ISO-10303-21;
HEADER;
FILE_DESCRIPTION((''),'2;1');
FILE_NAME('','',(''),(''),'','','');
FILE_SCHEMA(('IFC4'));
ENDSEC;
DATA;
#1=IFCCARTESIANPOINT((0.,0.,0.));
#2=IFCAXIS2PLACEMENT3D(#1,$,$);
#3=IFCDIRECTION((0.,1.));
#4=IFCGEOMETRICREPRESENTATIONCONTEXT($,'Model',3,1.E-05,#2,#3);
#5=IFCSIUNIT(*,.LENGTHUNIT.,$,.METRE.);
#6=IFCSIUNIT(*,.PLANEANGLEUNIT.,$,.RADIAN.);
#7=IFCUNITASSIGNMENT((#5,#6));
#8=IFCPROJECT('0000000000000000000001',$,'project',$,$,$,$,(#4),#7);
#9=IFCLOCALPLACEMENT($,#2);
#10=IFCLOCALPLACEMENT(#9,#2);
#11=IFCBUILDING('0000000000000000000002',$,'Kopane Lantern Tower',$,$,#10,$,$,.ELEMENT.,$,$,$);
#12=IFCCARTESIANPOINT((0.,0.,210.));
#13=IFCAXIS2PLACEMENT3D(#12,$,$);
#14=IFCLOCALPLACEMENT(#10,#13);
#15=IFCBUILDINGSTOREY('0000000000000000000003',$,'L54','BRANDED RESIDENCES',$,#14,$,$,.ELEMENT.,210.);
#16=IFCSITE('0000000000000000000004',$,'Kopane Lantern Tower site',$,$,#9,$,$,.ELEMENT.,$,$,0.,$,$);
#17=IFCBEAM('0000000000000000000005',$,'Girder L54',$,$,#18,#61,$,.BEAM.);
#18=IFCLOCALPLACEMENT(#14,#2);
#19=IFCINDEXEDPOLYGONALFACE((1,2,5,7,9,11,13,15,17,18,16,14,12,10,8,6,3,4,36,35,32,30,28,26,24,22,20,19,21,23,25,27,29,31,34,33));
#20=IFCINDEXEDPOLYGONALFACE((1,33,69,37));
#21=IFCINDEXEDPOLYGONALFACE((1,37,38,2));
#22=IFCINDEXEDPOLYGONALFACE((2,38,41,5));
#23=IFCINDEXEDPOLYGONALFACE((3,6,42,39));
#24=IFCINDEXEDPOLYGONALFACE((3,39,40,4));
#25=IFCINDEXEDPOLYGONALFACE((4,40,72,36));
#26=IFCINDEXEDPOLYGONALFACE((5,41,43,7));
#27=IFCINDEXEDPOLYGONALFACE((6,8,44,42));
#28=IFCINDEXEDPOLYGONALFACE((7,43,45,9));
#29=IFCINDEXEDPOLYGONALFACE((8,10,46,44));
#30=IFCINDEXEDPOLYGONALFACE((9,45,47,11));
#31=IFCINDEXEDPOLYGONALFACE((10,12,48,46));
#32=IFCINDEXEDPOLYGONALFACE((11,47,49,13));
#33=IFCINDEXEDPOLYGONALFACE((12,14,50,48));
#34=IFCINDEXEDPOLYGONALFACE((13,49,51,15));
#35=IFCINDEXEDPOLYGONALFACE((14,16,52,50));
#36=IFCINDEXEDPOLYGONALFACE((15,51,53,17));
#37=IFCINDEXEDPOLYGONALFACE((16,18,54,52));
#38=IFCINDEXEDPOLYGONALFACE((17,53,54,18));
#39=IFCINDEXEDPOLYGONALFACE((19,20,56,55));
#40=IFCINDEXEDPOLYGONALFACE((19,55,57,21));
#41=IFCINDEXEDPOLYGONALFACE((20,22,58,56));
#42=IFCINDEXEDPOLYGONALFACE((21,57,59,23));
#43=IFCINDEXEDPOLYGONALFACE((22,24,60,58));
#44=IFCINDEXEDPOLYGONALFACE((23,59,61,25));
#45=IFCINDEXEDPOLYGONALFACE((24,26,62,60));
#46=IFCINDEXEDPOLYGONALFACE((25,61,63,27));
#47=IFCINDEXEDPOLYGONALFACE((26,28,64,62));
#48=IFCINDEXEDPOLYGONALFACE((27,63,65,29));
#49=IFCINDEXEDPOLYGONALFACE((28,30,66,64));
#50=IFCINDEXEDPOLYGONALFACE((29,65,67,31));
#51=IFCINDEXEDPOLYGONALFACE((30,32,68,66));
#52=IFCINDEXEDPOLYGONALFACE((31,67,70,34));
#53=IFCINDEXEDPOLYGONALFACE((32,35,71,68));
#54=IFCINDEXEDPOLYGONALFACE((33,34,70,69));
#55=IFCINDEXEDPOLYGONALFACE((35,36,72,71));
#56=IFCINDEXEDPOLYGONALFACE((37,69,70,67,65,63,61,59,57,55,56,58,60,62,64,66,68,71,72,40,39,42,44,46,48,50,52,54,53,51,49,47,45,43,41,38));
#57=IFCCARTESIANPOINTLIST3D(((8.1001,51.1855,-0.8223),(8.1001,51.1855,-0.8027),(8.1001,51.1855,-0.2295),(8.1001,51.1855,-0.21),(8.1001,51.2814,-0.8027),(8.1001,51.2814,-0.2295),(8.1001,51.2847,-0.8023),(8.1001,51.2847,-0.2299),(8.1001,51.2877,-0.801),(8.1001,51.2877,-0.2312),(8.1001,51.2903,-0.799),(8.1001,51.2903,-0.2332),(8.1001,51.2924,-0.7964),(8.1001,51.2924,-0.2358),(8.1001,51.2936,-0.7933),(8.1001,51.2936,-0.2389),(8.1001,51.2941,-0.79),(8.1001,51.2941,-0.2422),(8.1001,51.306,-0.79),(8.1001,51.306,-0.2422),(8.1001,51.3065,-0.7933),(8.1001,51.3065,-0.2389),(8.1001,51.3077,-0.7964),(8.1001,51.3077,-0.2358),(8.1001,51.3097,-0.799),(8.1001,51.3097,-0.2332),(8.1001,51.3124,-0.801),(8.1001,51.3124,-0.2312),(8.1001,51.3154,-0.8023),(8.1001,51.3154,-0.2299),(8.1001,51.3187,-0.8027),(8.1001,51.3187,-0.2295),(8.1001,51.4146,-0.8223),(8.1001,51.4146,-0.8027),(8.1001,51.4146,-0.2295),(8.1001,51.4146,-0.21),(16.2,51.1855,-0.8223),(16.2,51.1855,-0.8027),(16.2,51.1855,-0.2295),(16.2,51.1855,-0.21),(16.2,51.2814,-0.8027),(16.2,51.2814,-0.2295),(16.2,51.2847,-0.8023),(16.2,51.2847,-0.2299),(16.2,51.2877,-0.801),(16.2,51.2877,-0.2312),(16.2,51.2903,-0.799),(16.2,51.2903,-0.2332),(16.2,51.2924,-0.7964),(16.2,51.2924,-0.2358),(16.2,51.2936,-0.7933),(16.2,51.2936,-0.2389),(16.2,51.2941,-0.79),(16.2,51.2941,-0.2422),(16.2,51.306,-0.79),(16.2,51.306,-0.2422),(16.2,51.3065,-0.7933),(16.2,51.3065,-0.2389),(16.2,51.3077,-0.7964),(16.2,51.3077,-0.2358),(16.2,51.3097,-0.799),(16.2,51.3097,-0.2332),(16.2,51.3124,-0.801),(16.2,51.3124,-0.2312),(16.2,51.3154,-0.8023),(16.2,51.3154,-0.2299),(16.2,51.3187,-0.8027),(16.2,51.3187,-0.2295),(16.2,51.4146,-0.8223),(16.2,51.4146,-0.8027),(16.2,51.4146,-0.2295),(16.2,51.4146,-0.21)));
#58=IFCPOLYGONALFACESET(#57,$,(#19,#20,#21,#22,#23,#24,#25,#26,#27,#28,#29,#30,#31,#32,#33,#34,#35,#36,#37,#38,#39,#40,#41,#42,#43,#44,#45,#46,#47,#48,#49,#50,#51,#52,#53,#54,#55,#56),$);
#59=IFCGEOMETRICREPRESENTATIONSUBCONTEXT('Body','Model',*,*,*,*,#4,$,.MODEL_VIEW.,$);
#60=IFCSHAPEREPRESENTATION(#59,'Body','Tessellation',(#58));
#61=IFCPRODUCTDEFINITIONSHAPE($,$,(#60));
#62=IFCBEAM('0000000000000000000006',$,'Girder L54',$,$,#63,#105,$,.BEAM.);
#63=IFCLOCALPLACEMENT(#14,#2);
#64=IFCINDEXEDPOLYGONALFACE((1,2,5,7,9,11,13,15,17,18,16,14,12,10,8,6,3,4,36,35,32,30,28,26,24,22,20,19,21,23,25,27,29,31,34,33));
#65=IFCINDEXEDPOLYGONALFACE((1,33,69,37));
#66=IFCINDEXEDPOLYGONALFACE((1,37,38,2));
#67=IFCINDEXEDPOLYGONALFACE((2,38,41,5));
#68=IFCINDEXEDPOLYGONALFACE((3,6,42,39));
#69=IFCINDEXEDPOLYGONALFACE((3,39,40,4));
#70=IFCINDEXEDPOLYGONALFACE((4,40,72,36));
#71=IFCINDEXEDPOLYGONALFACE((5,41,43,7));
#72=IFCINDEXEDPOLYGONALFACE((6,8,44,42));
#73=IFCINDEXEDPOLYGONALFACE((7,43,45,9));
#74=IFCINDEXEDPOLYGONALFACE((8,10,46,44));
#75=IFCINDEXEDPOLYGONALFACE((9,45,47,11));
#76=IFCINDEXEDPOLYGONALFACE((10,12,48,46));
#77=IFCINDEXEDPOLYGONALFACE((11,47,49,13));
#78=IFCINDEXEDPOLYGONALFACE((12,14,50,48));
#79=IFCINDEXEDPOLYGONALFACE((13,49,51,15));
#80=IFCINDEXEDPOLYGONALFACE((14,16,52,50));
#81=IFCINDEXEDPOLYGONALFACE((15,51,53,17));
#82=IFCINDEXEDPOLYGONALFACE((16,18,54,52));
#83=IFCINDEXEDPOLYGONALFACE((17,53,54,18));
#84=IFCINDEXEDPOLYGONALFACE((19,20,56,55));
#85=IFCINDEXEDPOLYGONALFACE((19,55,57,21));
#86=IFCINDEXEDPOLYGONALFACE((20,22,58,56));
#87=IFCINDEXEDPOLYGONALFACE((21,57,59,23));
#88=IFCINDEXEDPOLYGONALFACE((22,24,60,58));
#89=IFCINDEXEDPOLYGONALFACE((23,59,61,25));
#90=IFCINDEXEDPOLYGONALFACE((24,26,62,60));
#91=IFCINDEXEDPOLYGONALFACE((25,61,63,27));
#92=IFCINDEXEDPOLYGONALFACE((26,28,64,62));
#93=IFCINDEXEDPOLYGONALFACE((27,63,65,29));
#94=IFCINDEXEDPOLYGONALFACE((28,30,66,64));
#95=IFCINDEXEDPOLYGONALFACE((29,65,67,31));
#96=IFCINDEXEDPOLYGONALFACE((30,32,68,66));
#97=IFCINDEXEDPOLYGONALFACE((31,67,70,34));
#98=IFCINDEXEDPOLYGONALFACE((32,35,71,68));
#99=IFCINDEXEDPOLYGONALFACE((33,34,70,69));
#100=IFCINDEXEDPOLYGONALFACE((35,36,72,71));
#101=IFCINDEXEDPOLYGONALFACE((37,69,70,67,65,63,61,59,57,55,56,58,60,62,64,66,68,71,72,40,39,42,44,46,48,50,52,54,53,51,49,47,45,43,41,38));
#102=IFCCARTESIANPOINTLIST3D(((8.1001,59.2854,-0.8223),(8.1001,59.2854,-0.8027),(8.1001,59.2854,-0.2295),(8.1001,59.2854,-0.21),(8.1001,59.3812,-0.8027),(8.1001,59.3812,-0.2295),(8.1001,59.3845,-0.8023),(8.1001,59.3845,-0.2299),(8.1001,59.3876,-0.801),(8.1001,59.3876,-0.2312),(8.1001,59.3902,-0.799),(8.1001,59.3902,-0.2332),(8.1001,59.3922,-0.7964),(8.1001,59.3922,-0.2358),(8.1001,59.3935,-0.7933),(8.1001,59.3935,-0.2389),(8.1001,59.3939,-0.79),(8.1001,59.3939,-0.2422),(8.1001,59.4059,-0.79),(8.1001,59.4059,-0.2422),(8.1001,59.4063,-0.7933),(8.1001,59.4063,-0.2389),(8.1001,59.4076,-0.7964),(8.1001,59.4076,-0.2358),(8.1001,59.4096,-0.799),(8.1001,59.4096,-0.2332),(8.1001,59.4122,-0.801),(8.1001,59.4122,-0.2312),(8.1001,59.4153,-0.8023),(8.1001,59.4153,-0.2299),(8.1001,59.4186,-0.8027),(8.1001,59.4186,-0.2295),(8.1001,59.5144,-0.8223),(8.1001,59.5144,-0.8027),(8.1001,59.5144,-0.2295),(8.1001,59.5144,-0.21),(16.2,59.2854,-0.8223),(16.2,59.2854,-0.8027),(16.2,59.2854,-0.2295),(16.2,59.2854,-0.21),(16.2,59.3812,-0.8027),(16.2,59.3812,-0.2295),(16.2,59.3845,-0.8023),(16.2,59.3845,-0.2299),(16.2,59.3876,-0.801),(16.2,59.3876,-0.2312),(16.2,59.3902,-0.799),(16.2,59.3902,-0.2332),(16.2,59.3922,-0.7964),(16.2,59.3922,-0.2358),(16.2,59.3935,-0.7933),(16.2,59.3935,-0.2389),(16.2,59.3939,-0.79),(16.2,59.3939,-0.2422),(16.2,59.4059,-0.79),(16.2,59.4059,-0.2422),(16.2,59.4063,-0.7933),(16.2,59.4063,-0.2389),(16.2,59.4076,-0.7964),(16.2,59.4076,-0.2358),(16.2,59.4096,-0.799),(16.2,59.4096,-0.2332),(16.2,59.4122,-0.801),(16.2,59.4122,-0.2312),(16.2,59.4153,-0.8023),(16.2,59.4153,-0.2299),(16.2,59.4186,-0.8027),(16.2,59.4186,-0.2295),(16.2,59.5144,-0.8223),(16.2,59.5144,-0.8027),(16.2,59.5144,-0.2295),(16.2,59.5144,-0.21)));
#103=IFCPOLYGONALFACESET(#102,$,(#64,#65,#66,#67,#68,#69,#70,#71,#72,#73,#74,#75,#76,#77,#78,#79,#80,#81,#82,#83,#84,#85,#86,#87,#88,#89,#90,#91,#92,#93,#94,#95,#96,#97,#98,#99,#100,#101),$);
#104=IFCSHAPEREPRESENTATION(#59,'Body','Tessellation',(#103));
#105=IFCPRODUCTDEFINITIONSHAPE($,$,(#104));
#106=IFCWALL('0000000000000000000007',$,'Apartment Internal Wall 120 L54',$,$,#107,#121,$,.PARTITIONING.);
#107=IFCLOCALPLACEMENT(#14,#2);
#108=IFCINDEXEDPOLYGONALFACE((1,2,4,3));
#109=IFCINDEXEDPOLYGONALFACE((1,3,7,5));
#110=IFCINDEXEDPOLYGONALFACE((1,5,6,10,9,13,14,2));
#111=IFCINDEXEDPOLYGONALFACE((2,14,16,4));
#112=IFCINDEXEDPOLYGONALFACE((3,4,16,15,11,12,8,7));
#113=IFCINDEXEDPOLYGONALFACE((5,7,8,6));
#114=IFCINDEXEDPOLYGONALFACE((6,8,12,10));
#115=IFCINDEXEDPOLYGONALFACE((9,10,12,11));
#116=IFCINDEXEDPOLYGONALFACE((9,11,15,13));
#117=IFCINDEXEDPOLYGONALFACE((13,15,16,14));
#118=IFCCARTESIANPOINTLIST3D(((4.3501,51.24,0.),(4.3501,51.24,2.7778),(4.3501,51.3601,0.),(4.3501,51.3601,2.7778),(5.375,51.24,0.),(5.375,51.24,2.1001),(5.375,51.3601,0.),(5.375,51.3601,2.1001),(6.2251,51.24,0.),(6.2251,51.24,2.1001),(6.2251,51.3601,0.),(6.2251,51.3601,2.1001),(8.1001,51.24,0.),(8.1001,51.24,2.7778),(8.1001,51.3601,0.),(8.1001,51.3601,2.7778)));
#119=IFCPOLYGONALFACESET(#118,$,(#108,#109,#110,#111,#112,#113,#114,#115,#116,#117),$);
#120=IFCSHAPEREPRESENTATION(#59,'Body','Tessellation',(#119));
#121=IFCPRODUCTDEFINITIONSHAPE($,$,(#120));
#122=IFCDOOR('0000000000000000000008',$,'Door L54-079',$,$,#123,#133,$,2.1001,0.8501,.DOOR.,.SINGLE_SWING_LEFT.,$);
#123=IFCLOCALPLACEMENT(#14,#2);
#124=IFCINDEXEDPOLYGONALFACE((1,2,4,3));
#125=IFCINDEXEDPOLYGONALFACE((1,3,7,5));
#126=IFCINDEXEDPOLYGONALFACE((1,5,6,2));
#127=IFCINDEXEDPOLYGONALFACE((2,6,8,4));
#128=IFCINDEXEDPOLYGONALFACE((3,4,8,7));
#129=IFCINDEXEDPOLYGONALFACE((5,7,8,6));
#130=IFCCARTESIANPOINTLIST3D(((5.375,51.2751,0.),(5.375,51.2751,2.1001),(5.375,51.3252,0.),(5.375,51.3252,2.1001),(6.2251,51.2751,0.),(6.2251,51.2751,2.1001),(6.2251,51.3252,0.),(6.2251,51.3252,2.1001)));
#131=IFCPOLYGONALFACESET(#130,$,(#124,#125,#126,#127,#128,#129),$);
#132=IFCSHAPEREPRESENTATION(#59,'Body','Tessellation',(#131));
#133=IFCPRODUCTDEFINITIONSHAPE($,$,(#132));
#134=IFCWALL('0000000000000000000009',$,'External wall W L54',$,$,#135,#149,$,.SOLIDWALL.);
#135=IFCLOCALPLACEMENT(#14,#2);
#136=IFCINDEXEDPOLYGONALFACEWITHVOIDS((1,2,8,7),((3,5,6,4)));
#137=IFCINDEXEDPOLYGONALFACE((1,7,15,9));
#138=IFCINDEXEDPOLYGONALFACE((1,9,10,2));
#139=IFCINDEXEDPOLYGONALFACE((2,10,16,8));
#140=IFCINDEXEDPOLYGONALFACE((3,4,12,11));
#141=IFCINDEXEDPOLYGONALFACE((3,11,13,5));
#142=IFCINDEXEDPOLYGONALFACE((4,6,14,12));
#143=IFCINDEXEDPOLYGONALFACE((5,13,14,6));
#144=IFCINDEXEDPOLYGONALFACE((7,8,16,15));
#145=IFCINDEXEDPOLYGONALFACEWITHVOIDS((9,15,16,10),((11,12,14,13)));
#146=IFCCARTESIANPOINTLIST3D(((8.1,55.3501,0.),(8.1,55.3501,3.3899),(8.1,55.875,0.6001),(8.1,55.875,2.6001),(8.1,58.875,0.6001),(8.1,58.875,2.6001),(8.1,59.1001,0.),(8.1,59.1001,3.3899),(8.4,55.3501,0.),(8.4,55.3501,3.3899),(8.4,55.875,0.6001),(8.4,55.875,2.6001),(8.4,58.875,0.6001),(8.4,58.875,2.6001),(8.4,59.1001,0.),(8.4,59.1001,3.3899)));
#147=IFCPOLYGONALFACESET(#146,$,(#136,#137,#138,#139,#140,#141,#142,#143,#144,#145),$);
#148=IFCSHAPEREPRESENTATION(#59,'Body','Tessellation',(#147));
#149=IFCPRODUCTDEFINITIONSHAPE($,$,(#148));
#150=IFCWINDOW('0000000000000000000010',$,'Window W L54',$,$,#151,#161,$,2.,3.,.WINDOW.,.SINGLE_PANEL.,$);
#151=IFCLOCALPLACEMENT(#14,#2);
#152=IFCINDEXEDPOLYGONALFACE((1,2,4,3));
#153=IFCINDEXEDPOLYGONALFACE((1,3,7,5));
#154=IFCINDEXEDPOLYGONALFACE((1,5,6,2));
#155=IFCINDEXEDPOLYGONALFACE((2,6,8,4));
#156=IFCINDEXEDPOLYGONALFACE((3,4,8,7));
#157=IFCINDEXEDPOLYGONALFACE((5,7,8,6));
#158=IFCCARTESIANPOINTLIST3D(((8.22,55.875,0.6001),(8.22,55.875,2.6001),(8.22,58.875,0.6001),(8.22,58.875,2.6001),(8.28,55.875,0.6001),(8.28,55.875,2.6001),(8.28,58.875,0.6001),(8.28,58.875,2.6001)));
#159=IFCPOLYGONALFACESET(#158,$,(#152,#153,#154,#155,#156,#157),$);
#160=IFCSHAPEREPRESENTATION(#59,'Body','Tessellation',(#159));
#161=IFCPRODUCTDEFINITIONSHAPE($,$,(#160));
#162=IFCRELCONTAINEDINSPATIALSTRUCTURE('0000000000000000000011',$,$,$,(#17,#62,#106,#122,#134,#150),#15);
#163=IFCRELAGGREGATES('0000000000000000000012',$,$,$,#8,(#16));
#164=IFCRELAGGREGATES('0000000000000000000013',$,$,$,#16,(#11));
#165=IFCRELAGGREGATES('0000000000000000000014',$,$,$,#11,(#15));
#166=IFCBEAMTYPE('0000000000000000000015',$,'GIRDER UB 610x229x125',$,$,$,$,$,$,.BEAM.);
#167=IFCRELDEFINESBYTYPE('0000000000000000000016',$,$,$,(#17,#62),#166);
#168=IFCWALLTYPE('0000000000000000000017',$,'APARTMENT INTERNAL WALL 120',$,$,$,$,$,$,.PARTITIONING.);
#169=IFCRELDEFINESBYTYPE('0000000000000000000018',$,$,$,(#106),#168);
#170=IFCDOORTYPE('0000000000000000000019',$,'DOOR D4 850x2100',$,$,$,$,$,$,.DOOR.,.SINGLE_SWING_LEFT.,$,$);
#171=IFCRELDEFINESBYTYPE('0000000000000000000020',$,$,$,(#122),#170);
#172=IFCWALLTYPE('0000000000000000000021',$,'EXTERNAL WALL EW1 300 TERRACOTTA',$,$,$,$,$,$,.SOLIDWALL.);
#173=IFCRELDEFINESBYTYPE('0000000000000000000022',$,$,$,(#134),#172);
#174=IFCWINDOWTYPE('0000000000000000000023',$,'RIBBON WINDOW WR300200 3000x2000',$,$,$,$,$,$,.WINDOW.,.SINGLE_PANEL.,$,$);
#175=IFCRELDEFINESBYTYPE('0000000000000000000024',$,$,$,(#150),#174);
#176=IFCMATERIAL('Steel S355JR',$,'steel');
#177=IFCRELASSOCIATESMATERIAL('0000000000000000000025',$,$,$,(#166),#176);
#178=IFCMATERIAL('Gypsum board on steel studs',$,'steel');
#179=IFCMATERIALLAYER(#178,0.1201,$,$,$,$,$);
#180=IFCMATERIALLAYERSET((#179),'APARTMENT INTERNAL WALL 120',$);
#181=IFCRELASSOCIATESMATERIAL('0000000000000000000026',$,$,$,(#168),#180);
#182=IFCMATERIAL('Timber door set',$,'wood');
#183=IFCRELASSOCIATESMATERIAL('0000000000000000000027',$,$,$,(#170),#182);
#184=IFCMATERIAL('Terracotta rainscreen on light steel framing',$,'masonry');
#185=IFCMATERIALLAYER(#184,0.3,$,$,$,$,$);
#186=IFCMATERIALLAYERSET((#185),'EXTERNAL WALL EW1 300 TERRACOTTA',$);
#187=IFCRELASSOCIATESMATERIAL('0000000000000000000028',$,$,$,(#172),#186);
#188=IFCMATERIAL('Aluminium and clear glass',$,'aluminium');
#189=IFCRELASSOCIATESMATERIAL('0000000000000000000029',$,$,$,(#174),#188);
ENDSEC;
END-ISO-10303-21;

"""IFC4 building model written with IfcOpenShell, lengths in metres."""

from ifc_helpers import new_model, si_unit, direction, frame, frame_2d, origin, origin_2d, place, context, subcontext, project, spatial, rectangle, i_section, extrude, material, layer, layer_set, material_profile, profile_set, type_object, element, fill, save


model = new_model("IFC4")

# Units and contexts
model_context = context("Model", 3, precision=1e-05, world=origin(), true_north=direction((0.0, 1.0)))
body_context = subcontext(model_context, "Body", "Model", "MODEL_VIEW")
ifc_project = project(units=[si_unit("LENGTHUNIT", "METRE"), si_unit("PLANEANGLEUNIT", "RADIAN")], contexts=[model_context])

# Site, building, storey
site_placement = place(None, origin())
site = spatial("IfcSite", under=ifc_project, at=site_placement, Name="Kopane Lantern Tower site", CompositionType="ELEMENT", RefElevation=0.0)
building_placement = place(site_placement, origin())
building = spatial("IfcBuilding", under=site, at=building_placement, Name="Kopane Lantern Tower", CompositionType="ELEMENT")
storey_placement = place(building_placement, frame((0.0, 0.0, 210.0)))
storey = spatial("IfcBuildingStorey", under=building, at=storey_placement, Name="L54", Description="BRANDED RESIDENCES", CompositionType="ELEMENT", Elevation=210.0)

# Beams
ifc_material_1 = material(Name="Steel S355JR", Category="steel")
ifc_material_profile_1 = material_profile(ifc_material_1, i_section(OverallWidth=0.229, OverallDepth=0.6123, WebThickness=0.012, FlangeThickness=0.0195, FilletRadius=0.0127, at=origin_2d()), Name="UB 610x229x125")
ifc_profile_set_1 = profile_set([ifc_material_profile_1], Name="Steel S355JR")
beam_type_1 = type_object("IfcBeamType", Name="GIRDER UB 610x229x125", PredefinedType="BEAM", material=ifc_profile_set_1)
for number, where, z_axis, x_axis, name in (
    (1, (8.1001, 51.3, -0.5161), (1.0, 0.0, 0.0), (0.0, 1.0, 0.0), "Girder L54"),
    (2, (8.1001, 59.3999, -0.5161), (1.0, 0.0, 0.0), (0.0, 1.0, 0.0), "Girder L54"),
):
    element("IfcBeam", number, at=place(storey_placement, frame(where, z_axis=z_axis, x_axis=x_axis)), inside=storey, type_object=beam_type_1, Name=name, PredefinedType="BEAM", context=body_context, shape_type="SweptSolid", body=[
        extrude(i_section(OverallWidth=0.229, OverallDepth=0.6123, WebThickness=0.012, FlangeThickness=0.0195, FilletRadius=0.0127, at=origin_2d()), origin(), (0.0, 0.0, 1.0), 8.0999),
    ])

# Wall, opening, door
ifc_material_2 = material(Name="Gypsum board on steel studs", Category="steel")
ifc_layer_1 = layer(ifc_material_2, 0.1201)
ifc_layer_set_1 = layer_set([ifc_layer_1], Name="APARTMENT INTERNAL WALL 120")
wall_type_1 = type_object("IfcWallType", Name="APARTMENT INTERNAL WALL 120", PredefinedType="PARTITIONING", material=ifc_layer_set_1)
wall_1_placement = place(storey_placement, frame((8.1001, 51.3, 0.0), z_axis=(0.0, 0.0, 1.0), x_axis=(-1.0, 0.0, 0.0)))
wall_1 = element("IfcWall", 3, at=wall_1_placement, inside=storey, type_object=wall_type_1, Name="Apartment Internal Wall 120 L54", PredefinedType="PARTITIONING", context=body_context, shape_type="SweptSolid", body=[
    extrude(rectangle(XDim=3.75, YDim=0.1201, at=frame_2d((1.875, 0.0))), origin(), (0.0, 0.0, 1.0), 2.7778),
])
opening_1_placement = place(wall_1_placement, frame((1.875, 0.0, 0.0)))
opening_1 = element("IfcOpeningElement", 4, at=opening_1_placement, cuts=wall_1, PredefinedType="OPENING", context=body_context, shape_type="SweptSolid", body=[
    extrude(rectangle(XDim=0.8501, YDim=2.1001, at=frame_2d((0.425, 1.05))), frame((0.0, 0.0701, 0.0), z_axis=(0.0, -1.0, 0.0), x_axis=(1.0, 0.0, 0.0)), (0.0, 0.0, 1.0), 0.1401),
])
ifc_material_3 = material(Name="Timber door set", Category="wood")
door_type = type_object("IfcDoorType", Name="DOOR D4 850x2100", OperationType="SINGLE_SWING_LEFT", PredefinedType="DOOR", material=ifc_material_3)
door_placement = place(opening_1_placement, origin())
door = element("IfcDoor", 5, at=door_placement, inside=storey, type_object=door_type, Name="Door L54-079", OperationType="SINGLE_SWING_LEFT", OverallHeight=2.1001, OverallWidth=0.8501, PredefinedType="DOOR", context=body_context, shape_type="SweptSolid", body=[
    extrude(rectangle(XDim=0.8501, YDim=2.1001, at=frame_2d((0.425, 1.05))), frame((0.0, 0.0249, 0.0), z_axis=(0.0, -1.0, 0.0), x_axis=(1.0, 0.0, 0.0)), (0.0, 0.0, 1.0), 0.05),
])
fill(opening_1, door)

# Wall, opening, window
ifc_material_4 = material(Name="Terracotta rainscreen on light steel framing", Category="masonry")
ifc_layer_2 = layer(ifc_material_4, 0.3)
ifc_layer_set_2 = layer_set([ifc_layer_2], Name="EXTERNAL WALL EW1 300 TERRACOTTA")
wall_type_2 = type_object("IfcWallType", Name="EXTERNAL WALL EW1 300 TERRACOTTA", PredefinedType="SOLIDWALL", material=ifc_layer_set_2)
wall_2_placement = place(storey_placement, frame((8.25, 59.1001, 0.0), z_axis=(0.0, 0.0, 1.0), x_axis=(0.0, -1.0, 0.0)))
wall_2 = element("IfcWall", 6, at=wall_2_placement, inside=storey, type_object=wall_type_2, Name="External wall W L54", PredefinedType="SOLIDWALL", context=body_context, shape_type="SweptSolid", body=[
    extrude(rectangle(XDim=3.75, YDim=0.3, at=frame_2d((1.875, 0.0))), origin(), (0.0, 0.0, 1.0), 3.3899),
])
opening_2_placement = place(wall_2_placement, frame((0.2251, 0.0, 0.6001)))
opening_2 = element("IfcOpeningElement", 7, at=opening_2_placement, cuts=wall_2, PredefinedType="OPENING", context=body_context, shape_type="SweptSolid", body=[
    extrude(rectangle(XDim=3.0, YDim=2.0, at=frame_2d((1.5, 1.0))), frame((0.0, 0.1599, 0.0), z_axis=(0.0, -1.0, 0.0), x_axis=(1.0, 0.0, 0.0)), (0.0, 0.0, 1.0), 0.3201),
])
ifc_material_5 = material(Name="Aluminium and clear glass", Category="aluminium")
window_type = type_object("IfcWindowType", Name="RIBBON WINDOW WR300200 3000x2000", PartitioningType="SINGLE_PANEL", PredefinedType="WINDOW", material=ifc_material_5)
window_1_placement = place(opening_2_placement, origin())
window_1 = element("IfcWindow", 8, at=window_1_placement, inside=storey, type_object=window_type, Name="Window W L54", OverallHeight=2.0, OverallWidth=3.0, PartitioningType="SINGLE_PANEL", PredefinedType="WINDOW", context=body_context, shape_type="SweptSolid", body=[
    extrude(rectangle(XDim=3.0, YDim=2.0, at=frame_2d((1.5, 1.0))), frame((0.0, 0.03, 0.0), z_axis=(0.0, -1.0, 0.0), x_axis=(1.0, 0.0, 0.0)), (0.0, 0.0, 1.0), 0.0601),
])
fill(opening_2, window_1)

save(model, "model.ifc")
